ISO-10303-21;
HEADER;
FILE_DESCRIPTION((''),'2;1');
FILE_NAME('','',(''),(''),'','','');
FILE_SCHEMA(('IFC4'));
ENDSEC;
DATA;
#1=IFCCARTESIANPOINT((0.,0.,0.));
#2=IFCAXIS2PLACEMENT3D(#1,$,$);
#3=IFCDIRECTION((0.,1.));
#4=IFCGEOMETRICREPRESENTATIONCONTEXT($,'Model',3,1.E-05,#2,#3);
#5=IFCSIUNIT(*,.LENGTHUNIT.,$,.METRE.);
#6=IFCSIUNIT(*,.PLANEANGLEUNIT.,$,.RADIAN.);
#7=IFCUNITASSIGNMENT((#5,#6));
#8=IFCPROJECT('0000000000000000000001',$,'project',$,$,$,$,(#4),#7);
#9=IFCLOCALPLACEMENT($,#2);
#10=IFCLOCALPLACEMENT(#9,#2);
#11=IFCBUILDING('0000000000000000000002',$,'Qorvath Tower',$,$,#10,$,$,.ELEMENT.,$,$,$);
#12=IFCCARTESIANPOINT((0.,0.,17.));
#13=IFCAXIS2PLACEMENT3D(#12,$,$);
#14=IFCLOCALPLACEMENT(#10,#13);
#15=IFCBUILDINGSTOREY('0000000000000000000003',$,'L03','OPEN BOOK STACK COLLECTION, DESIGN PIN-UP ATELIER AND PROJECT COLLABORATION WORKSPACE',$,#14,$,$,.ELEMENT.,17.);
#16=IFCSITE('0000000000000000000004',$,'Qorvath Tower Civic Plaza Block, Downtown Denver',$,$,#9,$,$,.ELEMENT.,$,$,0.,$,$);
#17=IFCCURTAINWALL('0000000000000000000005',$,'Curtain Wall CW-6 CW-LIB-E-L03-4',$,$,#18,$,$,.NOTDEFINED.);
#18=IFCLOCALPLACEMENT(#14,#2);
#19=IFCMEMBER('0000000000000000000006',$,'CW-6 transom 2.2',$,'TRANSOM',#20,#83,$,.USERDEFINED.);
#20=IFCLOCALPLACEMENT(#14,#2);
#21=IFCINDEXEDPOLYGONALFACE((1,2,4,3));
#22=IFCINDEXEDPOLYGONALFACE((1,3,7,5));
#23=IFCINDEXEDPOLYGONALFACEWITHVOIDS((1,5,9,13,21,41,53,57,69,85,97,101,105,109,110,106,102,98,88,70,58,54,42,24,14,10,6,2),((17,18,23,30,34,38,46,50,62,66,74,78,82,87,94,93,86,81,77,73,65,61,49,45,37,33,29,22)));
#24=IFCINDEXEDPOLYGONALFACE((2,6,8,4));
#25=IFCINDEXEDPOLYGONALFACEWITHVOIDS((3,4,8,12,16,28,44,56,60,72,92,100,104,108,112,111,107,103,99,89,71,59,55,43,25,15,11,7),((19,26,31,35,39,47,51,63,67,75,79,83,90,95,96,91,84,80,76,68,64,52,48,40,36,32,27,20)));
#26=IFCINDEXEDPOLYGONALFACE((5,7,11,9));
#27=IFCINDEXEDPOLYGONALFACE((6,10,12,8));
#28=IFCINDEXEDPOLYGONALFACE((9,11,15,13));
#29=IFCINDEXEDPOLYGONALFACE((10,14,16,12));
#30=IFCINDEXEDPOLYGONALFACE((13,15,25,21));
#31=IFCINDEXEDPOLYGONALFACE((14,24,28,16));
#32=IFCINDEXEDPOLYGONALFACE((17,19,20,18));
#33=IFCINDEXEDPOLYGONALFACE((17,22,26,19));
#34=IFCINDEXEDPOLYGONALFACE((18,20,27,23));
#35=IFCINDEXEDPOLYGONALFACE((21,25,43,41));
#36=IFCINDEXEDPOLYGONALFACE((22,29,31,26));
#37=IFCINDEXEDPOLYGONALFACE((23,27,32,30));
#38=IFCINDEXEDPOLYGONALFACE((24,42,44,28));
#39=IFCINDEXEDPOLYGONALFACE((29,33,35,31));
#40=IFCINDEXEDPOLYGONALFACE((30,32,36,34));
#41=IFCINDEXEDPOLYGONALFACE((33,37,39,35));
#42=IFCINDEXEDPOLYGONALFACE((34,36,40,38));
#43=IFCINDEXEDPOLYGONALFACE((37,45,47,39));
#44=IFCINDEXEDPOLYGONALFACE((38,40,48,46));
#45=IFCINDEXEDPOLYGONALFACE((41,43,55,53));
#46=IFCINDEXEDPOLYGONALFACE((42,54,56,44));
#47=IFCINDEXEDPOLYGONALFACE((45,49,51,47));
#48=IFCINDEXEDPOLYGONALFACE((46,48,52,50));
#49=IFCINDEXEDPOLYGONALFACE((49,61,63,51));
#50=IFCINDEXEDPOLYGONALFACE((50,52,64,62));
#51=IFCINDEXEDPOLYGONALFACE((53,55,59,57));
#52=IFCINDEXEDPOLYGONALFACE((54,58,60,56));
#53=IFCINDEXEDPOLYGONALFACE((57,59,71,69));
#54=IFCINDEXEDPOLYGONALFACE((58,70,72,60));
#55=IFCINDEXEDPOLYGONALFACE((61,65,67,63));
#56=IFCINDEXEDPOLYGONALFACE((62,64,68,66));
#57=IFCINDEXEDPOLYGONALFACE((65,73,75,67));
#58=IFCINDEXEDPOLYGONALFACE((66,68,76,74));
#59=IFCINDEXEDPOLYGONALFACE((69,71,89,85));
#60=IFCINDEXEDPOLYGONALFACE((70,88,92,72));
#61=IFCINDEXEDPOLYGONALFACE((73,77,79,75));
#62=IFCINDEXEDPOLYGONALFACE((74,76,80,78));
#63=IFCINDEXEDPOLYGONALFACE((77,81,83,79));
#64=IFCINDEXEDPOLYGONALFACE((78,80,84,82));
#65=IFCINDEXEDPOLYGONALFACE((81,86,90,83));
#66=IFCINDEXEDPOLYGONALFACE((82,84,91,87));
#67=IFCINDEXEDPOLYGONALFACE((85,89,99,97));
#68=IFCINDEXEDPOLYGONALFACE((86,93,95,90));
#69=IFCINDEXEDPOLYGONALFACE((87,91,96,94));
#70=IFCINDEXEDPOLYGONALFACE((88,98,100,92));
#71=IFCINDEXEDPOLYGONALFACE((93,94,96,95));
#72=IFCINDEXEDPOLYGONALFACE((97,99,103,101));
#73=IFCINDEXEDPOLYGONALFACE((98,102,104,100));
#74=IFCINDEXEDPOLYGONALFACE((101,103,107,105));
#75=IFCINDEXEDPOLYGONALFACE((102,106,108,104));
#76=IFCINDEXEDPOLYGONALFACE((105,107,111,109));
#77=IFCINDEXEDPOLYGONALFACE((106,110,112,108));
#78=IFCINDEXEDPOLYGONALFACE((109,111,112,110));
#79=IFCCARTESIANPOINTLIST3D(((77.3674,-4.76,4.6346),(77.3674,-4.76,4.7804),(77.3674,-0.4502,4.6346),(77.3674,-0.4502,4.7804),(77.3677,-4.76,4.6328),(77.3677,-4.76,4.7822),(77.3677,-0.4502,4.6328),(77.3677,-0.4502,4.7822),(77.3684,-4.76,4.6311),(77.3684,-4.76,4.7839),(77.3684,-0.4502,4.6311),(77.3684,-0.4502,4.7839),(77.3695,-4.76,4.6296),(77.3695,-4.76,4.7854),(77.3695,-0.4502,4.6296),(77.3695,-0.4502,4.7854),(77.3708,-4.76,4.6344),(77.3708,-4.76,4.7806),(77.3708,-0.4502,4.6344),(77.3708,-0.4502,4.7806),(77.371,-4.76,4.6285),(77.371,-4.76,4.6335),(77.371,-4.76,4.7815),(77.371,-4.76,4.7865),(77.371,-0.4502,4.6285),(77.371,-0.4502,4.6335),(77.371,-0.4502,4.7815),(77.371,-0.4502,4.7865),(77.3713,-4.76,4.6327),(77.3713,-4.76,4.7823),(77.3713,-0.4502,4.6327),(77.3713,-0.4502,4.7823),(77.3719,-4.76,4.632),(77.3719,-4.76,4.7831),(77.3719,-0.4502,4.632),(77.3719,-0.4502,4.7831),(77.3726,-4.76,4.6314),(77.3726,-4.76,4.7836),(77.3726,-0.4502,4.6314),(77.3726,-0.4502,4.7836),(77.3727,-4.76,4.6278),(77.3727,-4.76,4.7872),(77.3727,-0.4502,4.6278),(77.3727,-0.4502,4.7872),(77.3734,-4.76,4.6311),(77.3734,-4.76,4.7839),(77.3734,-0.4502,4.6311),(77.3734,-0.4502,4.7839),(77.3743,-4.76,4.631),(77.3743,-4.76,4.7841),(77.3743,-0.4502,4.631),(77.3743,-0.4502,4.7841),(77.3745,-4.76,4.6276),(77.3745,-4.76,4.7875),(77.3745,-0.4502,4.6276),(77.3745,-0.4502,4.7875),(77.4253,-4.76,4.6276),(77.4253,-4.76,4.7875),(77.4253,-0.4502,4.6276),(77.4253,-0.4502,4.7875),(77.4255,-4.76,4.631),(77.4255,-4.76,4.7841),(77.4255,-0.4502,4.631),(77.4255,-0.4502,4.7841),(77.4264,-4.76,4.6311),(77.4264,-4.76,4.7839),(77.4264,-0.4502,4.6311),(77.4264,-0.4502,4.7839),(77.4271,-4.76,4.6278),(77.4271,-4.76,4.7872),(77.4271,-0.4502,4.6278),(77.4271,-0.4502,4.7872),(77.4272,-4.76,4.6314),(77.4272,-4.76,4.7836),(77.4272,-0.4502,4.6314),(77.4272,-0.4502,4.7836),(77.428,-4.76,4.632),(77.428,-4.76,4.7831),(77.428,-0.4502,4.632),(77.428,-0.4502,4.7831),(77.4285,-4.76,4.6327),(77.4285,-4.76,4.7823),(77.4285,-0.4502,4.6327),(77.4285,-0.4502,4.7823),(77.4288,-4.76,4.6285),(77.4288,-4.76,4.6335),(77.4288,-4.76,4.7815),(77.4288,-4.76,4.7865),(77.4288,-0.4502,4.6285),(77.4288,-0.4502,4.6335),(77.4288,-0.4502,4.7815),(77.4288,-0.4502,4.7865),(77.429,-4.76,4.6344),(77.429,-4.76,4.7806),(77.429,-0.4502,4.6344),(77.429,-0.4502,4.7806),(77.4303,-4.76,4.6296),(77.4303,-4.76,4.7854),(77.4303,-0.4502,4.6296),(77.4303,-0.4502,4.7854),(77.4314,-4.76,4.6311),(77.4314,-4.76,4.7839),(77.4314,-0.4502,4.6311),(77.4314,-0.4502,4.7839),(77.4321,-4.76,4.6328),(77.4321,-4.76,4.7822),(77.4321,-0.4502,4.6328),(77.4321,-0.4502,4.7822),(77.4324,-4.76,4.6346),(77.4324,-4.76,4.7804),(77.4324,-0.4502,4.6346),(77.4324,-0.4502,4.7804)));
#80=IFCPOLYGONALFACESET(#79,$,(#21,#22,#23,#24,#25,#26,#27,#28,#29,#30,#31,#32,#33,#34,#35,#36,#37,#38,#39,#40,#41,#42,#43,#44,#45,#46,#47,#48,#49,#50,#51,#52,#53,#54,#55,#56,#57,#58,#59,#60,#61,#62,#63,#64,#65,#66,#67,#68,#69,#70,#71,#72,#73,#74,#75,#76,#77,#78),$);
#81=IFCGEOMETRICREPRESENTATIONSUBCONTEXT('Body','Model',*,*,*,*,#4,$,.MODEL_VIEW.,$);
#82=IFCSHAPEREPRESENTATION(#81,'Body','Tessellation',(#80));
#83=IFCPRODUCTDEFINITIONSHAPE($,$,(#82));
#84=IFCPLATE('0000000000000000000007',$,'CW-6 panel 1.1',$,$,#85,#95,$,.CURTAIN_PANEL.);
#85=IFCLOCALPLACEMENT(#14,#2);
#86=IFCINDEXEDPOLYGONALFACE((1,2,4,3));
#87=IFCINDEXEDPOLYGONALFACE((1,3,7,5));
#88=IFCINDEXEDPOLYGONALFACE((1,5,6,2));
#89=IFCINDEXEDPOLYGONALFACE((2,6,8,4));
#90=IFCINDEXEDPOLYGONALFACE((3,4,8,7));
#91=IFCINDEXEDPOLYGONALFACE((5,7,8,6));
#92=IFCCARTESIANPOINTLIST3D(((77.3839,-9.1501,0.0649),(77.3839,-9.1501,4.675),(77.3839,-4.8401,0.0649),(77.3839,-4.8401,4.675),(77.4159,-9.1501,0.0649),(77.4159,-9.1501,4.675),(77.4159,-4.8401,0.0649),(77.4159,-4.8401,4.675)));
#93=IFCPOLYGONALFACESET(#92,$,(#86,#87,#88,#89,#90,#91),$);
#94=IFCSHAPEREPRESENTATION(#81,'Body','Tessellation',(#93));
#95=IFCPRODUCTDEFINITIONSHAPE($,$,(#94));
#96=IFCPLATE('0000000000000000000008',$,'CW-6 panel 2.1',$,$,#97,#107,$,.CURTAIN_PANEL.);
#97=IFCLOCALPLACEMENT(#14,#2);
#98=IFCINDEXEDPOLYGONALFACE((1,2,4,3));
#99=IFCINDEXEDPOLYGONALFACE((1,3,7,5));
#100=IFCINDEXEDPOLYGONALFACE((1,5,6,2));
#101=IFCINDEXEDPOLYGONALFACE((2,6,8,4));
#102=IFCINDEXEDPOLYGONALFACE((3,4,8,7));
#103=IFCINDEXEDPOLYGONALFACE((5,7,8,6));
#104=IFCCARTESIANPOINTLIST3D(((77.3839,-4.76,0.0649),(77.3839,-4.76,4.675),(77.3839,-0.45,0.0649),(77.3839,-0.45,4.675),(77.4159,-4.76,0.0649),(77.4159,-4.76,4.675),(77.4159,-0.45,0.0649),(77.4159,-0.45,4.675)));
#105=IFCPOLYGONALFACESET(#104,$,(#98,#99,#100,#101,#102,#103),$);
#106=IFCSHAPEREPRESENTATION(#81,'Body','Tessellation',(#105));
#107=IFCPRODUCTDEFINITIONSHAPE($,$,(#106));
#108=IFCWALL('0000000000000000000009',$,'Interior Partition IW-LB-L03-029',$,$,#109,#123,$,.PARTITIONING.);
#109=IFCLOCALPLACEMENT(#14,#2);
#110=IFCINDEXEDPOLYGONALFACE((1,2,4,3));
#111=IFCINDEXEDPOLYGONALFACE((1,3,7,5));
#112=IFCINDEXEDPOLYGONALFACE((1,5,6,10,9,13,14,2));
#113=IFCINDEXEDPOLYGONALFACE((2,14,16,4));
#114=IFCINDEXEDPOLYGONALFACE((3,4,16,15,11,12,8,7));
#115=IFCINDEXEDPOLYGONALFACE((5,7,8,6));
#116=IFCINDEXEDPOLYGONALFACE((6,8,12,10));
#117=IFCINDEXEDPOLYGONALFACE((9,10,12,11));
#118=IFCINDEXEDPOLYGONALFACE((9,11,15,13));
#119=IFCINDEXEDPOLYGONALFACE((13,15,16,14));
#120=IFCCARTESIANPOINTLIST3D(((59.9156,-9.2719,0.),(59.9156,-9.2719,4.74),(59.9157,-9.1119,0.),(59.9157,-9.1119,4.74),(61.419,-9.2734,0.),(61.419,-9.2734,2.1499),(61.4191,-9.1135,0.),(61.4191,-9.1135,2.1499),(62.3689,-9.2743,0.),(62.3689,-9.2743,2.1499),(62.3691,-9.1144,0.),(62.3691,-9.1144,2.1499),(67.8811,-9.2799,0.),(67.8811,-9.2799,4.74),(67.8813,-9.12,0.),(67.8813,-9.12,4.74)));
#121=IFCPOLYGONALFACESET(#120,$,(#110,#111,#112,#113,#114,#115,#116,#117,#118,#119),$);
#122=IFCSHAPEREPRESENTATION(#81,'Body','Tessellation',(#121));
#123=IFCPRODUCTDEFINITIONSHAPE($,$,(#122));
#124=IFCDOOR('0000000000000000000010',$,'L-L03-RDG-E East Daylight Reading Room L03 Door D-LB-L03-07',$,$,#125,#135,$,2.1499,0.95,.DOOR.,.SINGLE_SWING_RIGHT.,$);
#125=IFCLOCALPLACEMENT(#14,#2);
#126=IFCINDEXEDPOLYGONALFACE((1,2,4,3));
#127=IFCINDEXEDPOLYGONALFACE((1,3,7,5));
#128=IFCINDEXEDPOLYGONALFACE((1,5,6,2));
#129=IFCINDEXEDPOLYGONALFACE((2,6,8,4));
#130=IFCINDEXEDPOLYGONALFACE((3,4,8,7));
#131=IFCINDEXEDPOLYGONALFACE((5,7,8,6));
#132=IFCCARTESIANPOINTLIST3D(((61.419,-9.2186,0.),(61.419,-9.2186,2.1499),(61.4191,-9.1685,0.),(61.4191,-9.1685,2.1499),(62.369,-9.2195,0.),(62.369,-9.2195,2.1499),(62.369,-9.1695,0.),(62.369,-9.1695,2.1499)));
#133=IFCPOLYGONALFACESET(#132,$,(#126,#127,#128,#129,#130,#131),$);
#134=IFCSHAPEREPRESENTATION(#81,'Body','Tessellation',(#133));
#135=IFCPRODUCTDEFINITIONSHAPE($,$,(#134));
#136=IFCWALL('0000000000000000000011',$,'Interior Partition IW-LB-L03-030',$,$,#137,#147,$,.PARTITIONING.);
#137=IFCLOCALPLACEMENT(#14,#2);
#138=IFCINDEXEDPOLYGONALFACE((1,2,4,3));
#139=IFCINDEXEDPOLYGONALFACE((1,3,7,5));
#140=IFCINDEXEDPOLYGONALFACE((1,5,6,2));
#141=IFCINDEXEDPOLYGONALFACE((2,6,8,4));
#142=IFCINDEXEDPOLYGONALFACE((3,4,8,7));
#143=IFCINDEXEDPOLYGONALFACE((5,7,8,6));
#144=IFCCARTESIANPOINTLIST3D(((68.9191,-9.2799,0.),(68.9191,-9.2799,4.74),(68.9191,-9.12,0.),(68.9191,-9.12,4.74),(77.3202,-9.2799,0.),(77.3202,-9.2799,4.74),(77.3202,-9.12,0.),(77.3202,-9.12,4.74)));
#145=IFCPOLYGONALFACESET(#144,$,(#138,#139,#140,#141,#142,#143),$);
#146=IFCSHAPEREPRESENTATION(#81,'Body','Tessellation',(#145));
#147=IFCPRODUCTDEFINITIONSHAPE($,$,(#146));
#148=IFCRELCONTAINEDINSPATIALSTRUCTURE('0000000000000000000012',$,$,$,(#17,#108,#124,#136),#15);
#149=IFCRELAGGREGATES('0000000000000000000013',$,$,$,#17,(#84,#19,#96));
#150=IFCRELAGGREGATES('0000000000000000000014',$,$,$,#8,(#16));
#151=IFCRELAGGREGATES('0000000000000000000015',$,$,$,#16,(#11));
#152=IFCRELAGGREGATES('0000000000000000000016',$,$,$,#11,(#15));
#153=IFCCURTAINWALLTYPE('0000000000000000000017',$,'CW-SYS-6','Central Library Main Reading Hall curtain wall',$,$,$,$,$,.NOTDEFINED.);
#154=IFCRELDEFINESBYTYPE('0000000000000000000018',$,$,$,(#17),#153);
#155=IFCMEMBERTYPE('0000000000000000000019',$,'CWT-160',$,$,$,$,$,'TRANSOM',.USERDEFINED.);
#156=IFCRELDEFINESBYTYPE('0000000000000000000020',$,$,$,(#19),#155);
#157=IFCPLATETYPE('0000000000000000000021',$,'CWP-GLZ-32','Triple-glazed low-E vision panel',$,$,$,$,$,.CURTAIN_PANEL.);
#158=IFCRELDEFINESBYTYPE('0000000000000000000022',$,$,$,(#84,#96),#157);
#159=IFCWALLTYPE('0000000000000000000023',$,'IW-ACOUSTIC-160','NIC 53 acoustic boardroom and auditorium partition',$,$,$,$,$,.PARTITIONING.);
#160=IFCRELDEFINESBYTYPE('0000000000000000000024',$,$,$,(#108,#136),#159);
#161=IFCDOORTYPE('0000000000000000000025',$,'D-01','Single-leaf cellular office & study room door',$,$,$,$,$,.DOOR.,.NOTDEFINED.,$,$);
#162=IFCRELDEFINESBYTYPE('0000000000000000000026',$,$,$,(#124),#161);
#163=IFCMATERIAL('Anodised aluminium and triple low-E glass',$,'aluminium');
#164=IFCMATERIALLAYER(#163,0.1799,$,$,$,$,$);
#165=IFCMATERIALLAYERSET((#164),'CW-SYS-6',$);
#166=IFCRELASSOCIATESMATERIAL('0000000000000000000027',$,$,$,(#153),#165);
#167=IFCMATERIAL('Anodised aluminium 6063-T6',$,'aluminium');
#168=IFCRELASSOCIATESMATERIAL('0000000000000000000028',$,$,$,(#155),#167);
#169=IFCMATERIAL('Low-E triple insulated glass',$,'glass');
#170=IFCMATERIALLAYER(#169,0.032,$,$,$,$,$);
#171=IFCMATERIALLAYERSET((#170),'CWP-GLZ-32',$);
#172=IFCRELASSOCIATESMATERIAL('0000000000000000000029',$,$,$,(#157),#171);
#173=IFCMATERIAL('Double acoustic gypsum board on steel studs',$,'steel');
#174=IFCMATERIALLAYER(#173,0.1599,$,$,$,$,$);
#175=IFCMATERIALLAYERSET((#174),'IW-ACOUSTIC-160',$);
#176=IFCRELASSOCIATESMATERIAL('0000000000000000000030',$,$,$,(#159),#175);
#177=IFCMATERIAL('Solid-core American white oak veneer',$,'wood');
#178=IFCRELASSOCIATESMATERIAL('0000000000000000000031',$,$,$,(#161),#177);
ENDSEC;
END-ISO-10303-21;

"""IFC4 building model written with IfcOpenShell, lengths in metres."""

from ifc_helpers import new_model, si_unit, direction, frame, frame_2d, origin, origin_2d, place, context, subcontext, project, spatial, rectangle, hollow_rectangle, extrude, material, layer, layer_set, material_profile, profile_set, type_object, element, fill, aggregate, save


model = new_model("IFC4")

# Units and contexts
model_context = context("Model", 3, precision=1e-05, world=origin(), true_north=direction((0.0, 1.0)))
body_context = subcontext(model_context, "Body", "Model", "MODEL_VIEW")
ifc_project = project(units=[si_unit("LENGTHUNIT", "METRE"), si_unit("PLANEANGLEUNIT", "RADIAN")], contexts=[model_context])

# Site, building, storey
site_placement = place(None, origin())
site = spatial("IfcSite", under=ifc_project, at=site_placement, Name="Qorvath Tower Civic Plaza Block, Downtown Denver", CompositionType="ELEMENT", RefElevation=0.0)
building_placement = place(site_placement, origin())
building = spatial("IfcBuilding", under=site, at=building_placement, Name="Qorvath Tower", CompositionType="ELEMENT")
storey_placement = place(building_placement, frame((0.0, 0.0, 17.0)))
storey = spatial("IfcBuildingStorey", under=building, at=storey_placement, Name="L03", Description="OPEN BOOK STACK COLLECTION, DESIGN PIN-UP ATELIER AND PROJECT COLLABORATION WORKSPACE", CompositionType="ELEMENT", Elevation=17.0)

# Curtain wall, member, plates
ifc_material_1 = material(Name="Anodised aluminium and triple low-E glass", Category="aluminium")
ifc_layer_1 = layer(ifc_material_1, 0.1799)
ifc_layer_set_1 = layer_set([ifc_layer_1], Name="CW-SYS-6")
curtain_wall_type = type_object("IfcCurtainWallType", Name="CW-SYS-6", Description="Central Library Main Reading Hall curtain wall", PredefinedType="NOTDEFINED", material=ifc_layer_set_1)
curtain_wall_placement = place(storey_placement, origin())
curtain_wall = element("IfcCurtainWall", 1, at=curtain_wall_placement, inside=storey, type_object=curtain_wall_type, Name="Curtain Wall CW-6 CW-LIB-E-L03-4", PredefinedType="NOTDEFINED")
ifc_material_2 = material(Name="Anodised aluminium 6063-T6", Category="aluminium")
ifc_material_profile_1 = material_profile(ifc_material_2, hollow_rectangle(XDim=0.0649, YDim=0.1599, WallThickness=0.0034, InnerFilletRadius=0.0034, OuterFilletRadius=0.0071, at=origin_2d()), Name="CWT 160x65")
ifc_profile_set_1 = profile_set([ifc_material_profile_1], Name="Anodised aluminium 6063-T6")
member_type_1 = type_object("IfcMemberType", Name="CWT-160", ElementType="TRANSOM", PredefinedType="USERDEFINED", material=ifc_profile_set_1)
member_1_placement = place(storey_placement, frame((77.3999, -4.76, 4.7075), z_axis=(0.0, 1.0, 0.0), x_axis=(-1.0, 0.0, 0.0)))
member_1 = element("IfcMember", 2, at=member_1_placement, type_object=member_type_1, Name="CW-6 transom 2.2", ObjectType="TRANSOM", PredefinedType="USERDEFINED", context=body_context, shape_type="SweptSolid", body=[
    extrude(hollow_rectangle(XDim=0.0649, YDim=0.1599, WallThickness=0.0034, InnerFilletRadius=0.0034, OuterFilletRadius=0.0071, at=origin_2d()), origin(), (0.0, 0.0, 1.0), 4.3098),
])
ifc_material_3 = material(Name="Low-E triple insulated glass", Category="glass")
ifc_layer_2 = layer(ifc_material_3, 0.032)
ifc_layer_set_2 = layer_set([ifc_layer_2], Name="CWP-GLZ-32")
plate_type = type_object("IfcPlateType", Name="CWP-GLZ-32", Description="Triple-glazed low-E vision panel", PredefinedType="CURTAIN_PANEL", material=ifc_layer_set_2)
plate_1_placement = place(storey_placement, frame((77.3999, -6.9951, 0.0649), z_axis=(0.0, 0.0, 1.0), x_axis=(0.0, 1.0, 0.0)))
plate_1 = element("IfcPlate", 3, at=plate_1_placement, type_object=plate_type, Name="CW-6 panel 1.1", PredefinedType="CURTAIN_PANEL", context=body_context, shape_type="SweptSolid", body=[
    extrude(rectangle(XDim=4.3101, YDim=0.032, at=origin_2d()), origin(), (0.0, 0.0, 1.0), 4.6101),
])
plate_2_placement = place(storey_placement, frame((77.3999, -2.605, 0.0649), z_axis=(0.0, 0.0, 1.0), x_axis=(0.0, 1.0, 0.0)))
plate_2 = element("IfcPlate", 4, at=plate_2_placement, type_object=plate_type, Name="CW-6 panel 2.1", PredefinedType="CURTAIN_PANEL", context=body_context, shape_type="SweptSolid", body=[
    extrude(rectangle(XDim=4.3101, YDim=0.032, at=origin_2d()), origin(), (0.0, 0.0, 1.0), 4.6101),
])
aggregate(curtain_wall, [plate_1, member_1, plate_2])

# Wall, opening, door
ifc_material_4 = material(Name="Double acoustic gypsum board on steel studs", Category="steel")
ifc_layer_3 = layer(ifc_material_4, 0.1599)
ifc_layer_set_3 = layer_set([ifc_layer_3], Name="IW-ACOUSTIC-160")
wall_type = type_object("IfcWallType", Name="IW-ACOUSTIC-160", Description="NIC 53 acoustic boardroom and auditorium partition", PredefinedType="PARTITIONING", material=ifc_layer_set_3)
wall_1_placement = place(storey_placement, frame((59.9155, -9.1919, 0.0), z_axis=(0.0, 0.0, 1.0), x_axis=(0.999999, -0.001011, 0.0)))
wall_1 = element("IfcWall", 5, at=wall_1_placement, inside=storey, type_object=wall_type, Name="Interior Partition IW-LB-L03-029", PredefinedType="PARTITIONING", context=body_context, shape_type="SweptSolid", body=[
    extrude(rectangle(XDim=7.9656, YDim=0.1599, at=frame_2d((3.9829, 0.0))), origin(), (0.0, 0.0, 1.0), 4.74),
])
opening_placement = place(wall_1_placement, frame((1.5034, 0.0, 0.0)))
opening = element("IfcOpeningElement", 6, at=opening_placement, cuts=wall_1, PredefinedType="OPENING", context=body_context, shape_type="SweptSolid", body=[
    extrude(rectangle(XDim=0.95, YDim=2.1499, at=frame_2d((0.4751, 1.075))), frame((0.0, 0.0898, 0.0), z_axis=(0.0, -1.0, 0.0), x_axis=(1.0, 0.0, 0.0)), (0.0, 0.0, 1.0), 0.1799),
])
ifc_material_5 = material(Name="Solid-core American white oak veneer", Category="wood")
door_type = type_object("IfcDoorType", Name="D-01", Description="Single-leaf cellular office & study room door", OperationType="NOTDEFINED", PredefinedType="DOOR", material=ifc_material_5)
door_placement = place(opening_placement, origin())
door = element("IfcDoor", 7, at=door_placement, inside=storey, type_object=door_type, Name="L-L03-RDG-E East Daylight Reading Room L03 Door D-LB-L03-07", OperationType="SINGLE_SWING_RIGHT", OverallHeight=2.1499, OverallWidth=0.95, PredefinedType="DOOR", context=body_context, shape_type="SweptSolid", body=[
    extrude(rectangle(XDim=0.95, YDim=2.1499, at=frame_2d((0.4751, 1.075))), frame((0.0, 0.0249, 0.0), z_axis=(0.0, -1.0, 0.0), x_axis=(1.0, 0.0, 0.0)), (0.0, 0.0, 1.0), 0.05),
])
fill(opening, door)

# Wall
wall_2_placement = place(storey_placement, frame((68.9189, -9.2, 0.0), z_axis=(0.0, 0.0, 1.0), x_axis=(1.0, 0.0, 0.0)))
element("IfcWall", 8, at=wall_2_placement, inside=storey, type_object=wall_type, Name="Interior Partition IW-LB-L03-030", PredefinedType="PARTITIONING", context=body_context, shape_type="SweptSolid", body=[
    extrude(rectangle(XDim=8.4011, YDim=0.1599, at=frame_2d((4.2007, 0.0))), origin(), (0.0, 0.0, 1.0), 4.74),
])

save(model, "model.ifc")
